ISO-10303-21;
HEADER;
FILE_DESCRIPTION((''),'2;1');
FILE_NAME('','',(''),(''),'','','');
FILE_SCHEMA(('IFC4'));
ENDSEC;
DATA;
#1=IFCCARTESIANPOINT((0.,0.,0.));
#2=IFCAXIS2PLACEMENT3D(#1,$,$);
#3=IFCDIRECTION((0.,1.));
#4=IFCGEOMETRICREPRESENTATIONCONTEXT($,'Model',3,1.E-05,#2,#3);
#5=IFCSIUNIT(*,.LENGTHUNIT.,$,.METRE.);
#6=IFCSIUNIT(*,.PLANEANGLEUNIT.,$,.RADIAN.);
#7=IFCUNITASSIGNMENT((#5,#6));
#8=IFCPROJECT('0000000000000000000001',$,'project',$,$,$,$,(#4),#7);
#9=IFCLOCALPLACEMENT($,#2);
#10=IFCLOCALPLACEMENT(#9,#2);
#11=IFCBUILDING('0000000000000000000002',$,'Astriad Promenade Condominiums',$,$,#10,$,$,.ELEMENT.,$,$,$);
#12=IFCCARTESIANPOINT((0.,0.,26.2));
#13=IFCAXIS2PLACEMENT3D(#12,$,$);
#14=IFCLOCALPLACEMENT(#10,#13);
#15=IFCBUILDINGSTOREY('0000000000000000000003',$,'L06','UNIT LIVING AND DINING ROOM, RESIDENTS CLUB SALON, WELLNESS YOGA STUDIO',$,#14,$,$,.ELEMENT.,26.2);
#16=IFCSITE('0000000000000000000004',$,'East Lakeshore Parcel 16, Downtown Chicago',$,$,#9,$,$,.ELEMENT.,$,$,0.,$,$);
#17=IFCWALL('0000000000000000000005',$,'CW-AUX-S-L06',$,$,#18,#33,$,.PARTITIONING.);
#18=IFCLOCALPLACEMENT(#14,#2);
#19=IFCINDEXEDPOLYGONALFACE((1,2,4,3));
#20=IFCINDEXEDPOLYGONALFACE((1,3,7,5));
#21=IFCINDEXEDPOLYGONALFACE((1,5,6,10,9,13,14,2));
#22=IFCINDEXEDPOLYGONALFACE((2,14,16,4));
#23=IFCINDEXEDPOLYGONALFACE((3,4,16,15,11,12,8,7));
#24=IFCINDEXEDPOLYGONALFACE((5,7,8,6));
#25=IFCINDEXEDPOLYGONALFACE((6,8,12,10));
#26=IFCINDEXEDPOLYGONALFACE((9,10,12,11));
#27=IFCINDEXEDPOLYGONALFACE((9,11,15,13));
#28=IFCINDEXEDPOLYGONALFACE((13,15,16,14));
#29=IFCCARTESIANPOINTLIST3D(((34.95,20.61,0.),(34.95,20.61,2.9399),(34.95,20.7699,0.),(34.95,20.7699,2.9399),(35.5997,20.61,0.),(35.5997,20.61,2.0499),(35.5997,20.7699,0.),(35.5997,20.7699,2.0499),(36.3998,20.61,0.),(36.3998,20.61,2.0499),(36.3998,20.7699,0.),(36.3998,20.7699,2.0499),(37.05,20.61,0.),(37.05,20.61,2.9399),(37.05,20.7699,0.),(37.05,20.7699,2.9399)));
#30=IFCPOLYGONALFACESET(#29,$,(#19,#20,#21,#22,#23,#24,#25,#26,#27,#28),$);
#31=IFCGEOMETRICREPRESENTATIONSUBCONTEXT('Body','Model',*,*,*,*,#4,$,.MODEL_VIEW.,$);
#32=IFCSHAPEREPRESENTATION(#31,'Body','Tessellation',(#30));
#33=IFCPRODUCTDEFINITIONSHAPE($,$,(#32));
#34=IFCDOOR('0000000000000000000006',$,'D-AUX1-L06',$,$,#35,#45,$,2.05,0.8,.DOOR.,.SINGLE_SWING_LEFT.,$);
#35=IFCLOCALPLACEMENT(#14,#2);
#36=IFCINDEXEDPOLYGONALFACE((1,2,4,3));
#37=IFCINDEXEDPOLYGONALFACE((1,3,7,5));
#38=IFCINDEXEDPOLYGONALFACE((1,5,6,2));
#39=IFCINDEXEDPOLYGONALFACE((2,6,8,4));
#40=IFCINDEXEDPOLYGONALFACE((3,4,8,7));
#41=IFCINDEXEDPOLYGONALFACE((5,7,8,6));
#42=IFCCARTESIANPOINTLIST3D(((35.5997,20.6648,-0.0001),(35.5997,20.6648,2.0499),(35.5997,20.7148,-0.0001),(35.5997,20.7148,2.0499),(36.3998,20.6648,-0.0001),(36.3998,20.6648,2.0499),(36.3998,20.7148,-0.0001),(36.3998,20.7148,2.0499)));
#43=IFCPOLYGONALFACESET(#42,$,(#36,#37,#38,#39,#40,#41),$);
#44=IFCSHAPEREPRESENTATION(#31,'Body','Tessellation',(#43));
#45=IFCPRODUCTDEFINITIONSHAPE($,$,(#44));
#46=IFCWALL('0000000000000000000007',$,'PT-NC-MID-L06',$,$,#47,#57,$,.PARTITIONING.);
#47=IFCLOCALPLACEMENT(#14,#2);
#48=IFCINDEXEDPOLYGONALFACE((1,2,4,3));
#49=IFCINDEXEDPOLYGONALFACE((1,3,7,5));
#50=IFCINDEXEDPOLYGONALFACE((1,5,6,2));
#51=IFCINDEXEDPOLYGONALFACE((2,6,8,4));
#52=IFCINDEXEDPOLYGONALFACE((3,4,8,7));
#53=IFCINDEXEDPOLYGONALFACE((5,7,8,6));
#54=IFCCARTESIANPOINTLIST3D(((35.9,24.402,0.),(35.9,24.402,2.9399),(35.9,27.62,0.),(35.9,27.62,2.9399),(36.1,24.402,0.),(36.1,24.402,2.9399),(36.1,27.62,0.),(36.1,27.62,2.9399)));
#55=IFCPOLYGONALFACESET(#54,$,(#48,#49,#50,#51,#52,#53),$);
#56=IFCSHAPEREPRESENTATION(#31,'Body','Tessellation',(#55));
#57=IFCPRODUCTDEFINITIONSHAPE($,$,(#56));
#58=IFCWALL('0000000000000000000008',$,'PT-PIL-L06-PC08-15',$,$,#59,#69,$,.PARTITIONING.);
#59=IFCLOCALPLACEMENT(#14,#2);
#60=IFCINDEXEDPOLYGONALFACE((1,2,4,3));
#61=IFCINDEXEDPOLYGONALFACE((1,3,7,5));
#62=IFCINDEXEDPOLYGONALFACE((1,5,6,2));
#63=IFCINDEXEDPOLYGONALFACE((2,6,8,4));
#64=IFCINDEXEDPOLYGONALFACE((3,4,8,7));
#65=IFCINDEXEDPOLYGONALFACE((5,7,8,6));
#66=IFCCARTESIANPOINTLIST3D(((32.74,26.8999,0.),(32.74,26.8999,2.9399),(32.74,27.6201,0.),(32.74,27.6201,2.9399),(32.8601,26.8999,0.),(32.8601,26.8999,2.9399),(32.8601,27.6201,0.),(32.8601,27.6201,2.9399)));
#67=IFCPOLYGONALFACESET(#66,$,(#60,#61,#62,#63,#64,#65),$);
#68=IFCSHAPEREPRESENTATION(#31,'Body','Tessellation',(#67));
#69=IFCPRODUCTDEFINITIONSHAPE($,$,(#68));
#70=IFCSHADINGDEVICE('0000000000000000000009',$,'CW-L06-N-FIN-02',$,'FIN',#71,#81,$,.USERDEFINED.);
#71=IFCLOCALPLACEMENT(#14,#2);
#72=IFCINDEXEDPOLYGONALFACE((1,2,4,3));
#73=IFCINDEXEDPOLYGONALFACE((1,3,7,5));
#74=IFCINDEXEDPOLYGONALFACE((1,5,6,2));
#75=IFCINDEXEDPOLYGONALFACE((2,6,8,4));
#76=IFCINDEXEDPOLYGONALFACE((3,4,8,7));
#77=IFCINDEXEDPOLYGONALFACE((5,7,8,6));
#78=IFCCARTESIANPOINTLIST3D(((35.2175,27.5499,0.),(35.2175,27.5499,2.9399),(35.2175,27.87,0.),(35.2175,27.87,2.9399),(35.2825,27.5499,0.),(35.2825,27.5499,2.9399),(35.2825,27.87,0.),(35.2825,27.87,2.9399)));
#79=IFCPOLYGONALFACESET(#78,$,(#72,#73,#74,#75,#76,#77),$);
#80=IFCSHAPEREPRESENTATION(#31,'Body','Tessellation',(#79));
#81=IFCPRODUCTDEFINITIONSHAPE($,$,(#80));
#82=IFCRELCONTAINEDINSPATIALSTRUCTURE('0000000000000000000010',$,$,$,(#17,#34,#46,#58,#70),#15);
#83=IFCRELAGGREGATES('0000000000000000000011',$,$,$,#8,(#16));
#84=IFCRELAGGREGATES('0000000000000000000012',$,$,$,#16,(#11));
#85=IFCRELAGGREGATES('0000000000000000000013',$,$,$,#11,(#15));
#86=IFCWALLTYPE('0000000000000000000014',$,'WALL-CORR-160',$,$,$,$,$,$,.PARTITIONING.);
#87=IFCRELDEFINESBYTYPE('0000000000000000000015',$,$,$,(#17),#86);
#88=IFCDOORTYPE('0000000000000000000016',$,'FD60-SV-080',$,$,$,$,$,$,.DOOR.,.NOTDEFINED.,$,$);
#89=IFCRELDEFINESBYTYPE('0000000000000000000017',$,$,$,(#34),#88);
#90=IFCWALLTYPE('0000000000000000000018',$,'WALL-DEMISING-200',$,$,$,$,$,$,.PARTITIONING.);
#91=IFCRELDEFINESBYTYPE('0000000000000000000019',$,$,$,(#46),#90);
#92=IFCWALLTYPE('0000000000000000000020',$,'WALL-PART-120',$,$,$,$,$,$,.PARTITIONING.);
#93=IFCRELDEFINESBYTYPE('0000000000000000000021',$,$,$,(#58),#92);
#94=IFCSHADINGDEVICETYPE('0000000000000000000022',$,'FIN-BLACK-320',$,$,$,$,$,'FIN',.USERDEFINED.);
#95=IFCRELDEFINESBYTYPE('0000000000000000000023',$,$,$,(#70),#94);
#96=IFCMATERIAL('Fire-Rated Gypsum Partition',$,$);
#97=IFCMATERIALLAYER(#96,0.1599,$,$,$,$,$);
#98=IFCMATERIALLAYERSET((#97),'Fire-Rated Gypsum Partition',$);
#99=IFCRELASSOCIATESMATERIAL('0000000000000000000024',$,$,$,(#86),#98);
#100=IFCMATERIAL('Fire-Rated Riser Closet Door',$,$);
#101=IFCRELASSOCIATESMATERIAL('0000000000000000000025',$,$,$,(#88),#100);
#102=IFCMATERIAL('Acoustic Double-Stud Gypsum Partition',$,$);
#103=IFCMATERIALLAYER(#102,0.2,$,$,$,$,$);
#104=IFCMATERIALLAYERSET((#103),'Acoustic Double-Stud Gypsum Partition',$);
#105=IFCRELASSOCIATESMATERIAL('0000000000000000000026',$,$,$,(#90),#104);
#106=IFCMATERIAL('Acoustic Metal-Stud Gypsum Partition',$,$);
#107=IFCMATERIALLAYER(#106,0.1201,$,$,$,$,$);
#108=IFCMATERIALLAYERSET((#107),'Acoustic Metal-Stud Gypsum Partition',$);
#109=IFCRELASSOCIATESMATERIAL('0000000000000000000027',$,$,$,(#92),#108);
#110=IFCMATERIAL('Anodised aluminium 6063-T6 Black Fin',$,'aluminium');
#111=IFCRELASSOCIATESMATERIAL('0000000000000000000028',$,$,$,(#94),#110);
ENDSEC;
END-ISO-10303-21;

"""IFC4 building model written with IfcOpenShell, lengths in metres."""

from ifc_helpers import new_model, si_unit, direction, frame, frame_2d, origin, origin_2d, place, context, subcontext, project, spatial, rectangle, extrude, source, transform, mapped, material, layer, layer_set, type_object, type_shapes, element, fill, save


model = new_model("IFC4")

# Units and contexts
model_context = context("Model", 3, precision=1e-05, world=origin(), true_north=direction((0.0, 1.0)))
body_context = subcontext(model_context, "Body", "Model", "MODEL_VIEW")
ifc_project = project(units=[si_unit("LENGTHUNIT", "METRE"), si_unit("PLANEANGLEUNIT", "RADIAN")], contexts=[model_context])

# Site, building, storey
site_placement = place(None, origin())
site = spatial("IfcSite", under=ifc_project, at=site_placement, Name="East Lakeshore Parcel 16, Downtown Chicago", CompositionType="ELEMENT", RefElevation=0.0)
building_placement = place(site_placement, origin())
building = spatial("IfcBuilding", under=site, at=building_placement, Name="Astriad Promenade Condominiums", CompositionType="ELEMENT")
storey_placement = place(building_placement, frame((0.0, 0.0, 26.2)))
storey = spatial("IfcBuildingStorey", under=building, at=storey_placement, Name="L06", Description="UNIT LIVING AND DINING ROOM, RESIDENTS CLUB SALON, WELLNESS YOGA STUDIO", CompositionType="ELEMENT", Elevation=26.2)

# Shared definitions
ifc_material_1 = material(Name="Fire-Rated Gypsum Partition")
ifc_layer_1 = layer(ifc_material_1, 0.1599)
ifc_layer_set_1 = layer_set([ifc_layer_1], Name="Fire-Rated Gypsum Partition")
wall_type_1 = type_object("IfcWallType", Name="WALL-CORR-160", PredefinedType="PARTITIONING", material=ifc_layer_set_1)

# Wall, opening, door
wall_1_placement = place(storey_placement, frame((34.95, 20.6899, 0.0), z_axis=(0.0, 0.0, 1.0), x_axis=(1.0, 0.0, 0.0)))
wall_1 = element("IfcWall", 1, at=wall_1_placement, inside=storey, type_object=wall_type_1, Name="CW-AUX-S-L06", PredefinedType="PARTITIONING", context=body_context, shape_type="SweptSolid", body=[
    extrude(rectangle(XDim=2.1001, YDim=0.1599, at=frame_2d((1.05, 0.0))), origin(), (0.0, 0.0, 1.0), 2.9399),
])
opening_1_placement = place(wall_1_placement, frame((0.6499, 0.0, 0.0)))
opening_1 = element("IfcOpeningElement", 2, at=opening_1_placement, cuts=wall_1, PredefinedType="OPENING", context=body_context, shape_type="SweptSolid", body=[
    extrude(rectangle(XDim=0.8, YDim=2.05, at=frame_2d((0.3999, 1.0249))), frame((0.0, 0.0898, 0.0), z_axis=(0.0, -1.0, 0.0), x_axis=(1.0, 0.0, 0.0)), (0.0, 0.0, 1.0), 0.1799),
])
ifc_material_2 = material(Name="Fire-Rated Riser Closet Door")
door_type_1 = type_object("IfcDoorType", Name="FD60-SV-080", OperationType="NOTDEFINED", PredefinedType="DOOR", material=ifc_material_2)
shared_shape_1 = source(origin(), body_context, "Body", "SweptSolid", [
    extrude(rectangle(XDim=0.8, YDim=2.05, at=frame_2d((0.3999, 1.0249))), frame((0.0, 0.0249, 0.0), z_axis=(0.0, -1.0, 0.0), x_axis=(1.0, 0.0, 0.0)), (0.0, 0.0, 1.0), 0.05),
])
type_shapes(door_type_1, [shared_shape_1])
door_1_placement = place(opening_1_placement, origin())
door_1 = element("IfcDoor", 3, at=door_1_placement, inside=storey, type_object=door_type_1, Name="D-AUX1-L06", OperationType="SINGLE_SWING_LEFT", OverallHeight=2.05, OverallWidth=0.8, PredefinedType="DOOR", context=body_context, shape_type="MappedRepresentation", body=[
    mapped(shared_shape_1, transform((0.0, 0.0, 0.0), scale=1.0)),
])
fill(opening_1, door_1)

# Walls
ifc_material_3 = material(Name="Acoustic Double-Stud Gypsum Partition")
ifc_layer_2 = layer(ifc_material_3, 0.2)
ifc_layer_set_2 = layer_set([ifc_layer_2], Name="Acoustic Double-Stud Gypsum Partition")
wall_type_2 = type_object("IfcWallType", Name="WALL-DEMISING-200", PredefinedType="PARTITIONING", material=ifc_layer_set_2)
wall_2_placement = place(storey_placement, frame((36.0, 24.4021, 0.0), z_axis=(0.0, 0.0, 1.0), x_axis=(0.0, 1.0, 0.0)))
element("IfcWall", 4, at=wall_2_placement, inside=storey, type_object=wall_type_2, Name="PT-NC-MID-L06", PredefinedType="PARTITIONING", context=body_context, shape_type="SweptSolid", body=[
    extrude(rectangle(XDim=3.218, YDim=0.2, at=frame_2d((1.6089, 0.0))), origin(), (0.0, 0.0, 1.0), 2.9399),
])
ifc_material_4 = material(Name="Acoustic Metal-Stud Gypsum Partition")
ifc_layer_3 = layer(ifc_material_4, 0.1201)
ifc_layer_set_3 = layer_set([ifc_layer_3], Name="Acoustic Metal-Stud Gypsum Partition")
wall_type_3 = type_object("IfcWallType", Name="WALL-PART-120", PredefinedType="PARTITIONING", material=ifc_layer_set_3)
wall_3_placement = place(storey_placement, frame((32.8, 26.8999, 0.0), z_axis=(0.0, 0.0, 1.0), x_axis=(0.0, 1.0, 0.0)))
element("IfcWall", 5, at=wall_3_placement, inside=storey, type_object=wall_type_3, Name="PT-PIL-L06-PC08-15", PredefinedType="PARTITIONING", context=body_context, shape_type="SweptSolid", body=[
    extrude(rectangle(XDim=0.7202, YDim=0.1201, at=frame_2d((0.3601, 0.0))), origin(), (0.0, 0.0, 1.0), 2.9399),
])

# Shading device
ifc_material_5 = material(Name="Anodised aluminium 6063-T6 Black Fin", Category="aluminium")
shading_device_type = type_object("IfcShadingDeviceType", Name="FIN-BLACK-320", ElementType="FIN", PredefinedType="USERDEFINED", material=ifc_material_5)
shared_shape_2 = source(origin(), body_context, "Body", "SweptSolid", [
    extrude(rectangle(XDim=0.0649, YDim=0.3201, at=origin_2d()), origin(), (0.0, 0.0, 1.0), 2.9399),
])
type_shapes(shading_device_type, [shared_shape_2])
shading_device_placement = place(storey_placement, frame((35.25, 27.71, 0.0), z_axis=(0.0, 0.0, 1.0), x_axis=(1.0, 0.0, 0.0)))
element("IfcShadingDevice", 6, at=shading_device_placement, inside=storey, type_object=shading_device_type, Name="CW-L06-N-FIN-02", ObjectType="FIN", PredefinedType="USERDEFINED", context=body_context, shape_type="MappedRepresentation", body=[
    mapped(shared_shape_2, transform((0.0, 0.0, 0.0), scale=1.0)),
])

save(model, "model.ifc")
